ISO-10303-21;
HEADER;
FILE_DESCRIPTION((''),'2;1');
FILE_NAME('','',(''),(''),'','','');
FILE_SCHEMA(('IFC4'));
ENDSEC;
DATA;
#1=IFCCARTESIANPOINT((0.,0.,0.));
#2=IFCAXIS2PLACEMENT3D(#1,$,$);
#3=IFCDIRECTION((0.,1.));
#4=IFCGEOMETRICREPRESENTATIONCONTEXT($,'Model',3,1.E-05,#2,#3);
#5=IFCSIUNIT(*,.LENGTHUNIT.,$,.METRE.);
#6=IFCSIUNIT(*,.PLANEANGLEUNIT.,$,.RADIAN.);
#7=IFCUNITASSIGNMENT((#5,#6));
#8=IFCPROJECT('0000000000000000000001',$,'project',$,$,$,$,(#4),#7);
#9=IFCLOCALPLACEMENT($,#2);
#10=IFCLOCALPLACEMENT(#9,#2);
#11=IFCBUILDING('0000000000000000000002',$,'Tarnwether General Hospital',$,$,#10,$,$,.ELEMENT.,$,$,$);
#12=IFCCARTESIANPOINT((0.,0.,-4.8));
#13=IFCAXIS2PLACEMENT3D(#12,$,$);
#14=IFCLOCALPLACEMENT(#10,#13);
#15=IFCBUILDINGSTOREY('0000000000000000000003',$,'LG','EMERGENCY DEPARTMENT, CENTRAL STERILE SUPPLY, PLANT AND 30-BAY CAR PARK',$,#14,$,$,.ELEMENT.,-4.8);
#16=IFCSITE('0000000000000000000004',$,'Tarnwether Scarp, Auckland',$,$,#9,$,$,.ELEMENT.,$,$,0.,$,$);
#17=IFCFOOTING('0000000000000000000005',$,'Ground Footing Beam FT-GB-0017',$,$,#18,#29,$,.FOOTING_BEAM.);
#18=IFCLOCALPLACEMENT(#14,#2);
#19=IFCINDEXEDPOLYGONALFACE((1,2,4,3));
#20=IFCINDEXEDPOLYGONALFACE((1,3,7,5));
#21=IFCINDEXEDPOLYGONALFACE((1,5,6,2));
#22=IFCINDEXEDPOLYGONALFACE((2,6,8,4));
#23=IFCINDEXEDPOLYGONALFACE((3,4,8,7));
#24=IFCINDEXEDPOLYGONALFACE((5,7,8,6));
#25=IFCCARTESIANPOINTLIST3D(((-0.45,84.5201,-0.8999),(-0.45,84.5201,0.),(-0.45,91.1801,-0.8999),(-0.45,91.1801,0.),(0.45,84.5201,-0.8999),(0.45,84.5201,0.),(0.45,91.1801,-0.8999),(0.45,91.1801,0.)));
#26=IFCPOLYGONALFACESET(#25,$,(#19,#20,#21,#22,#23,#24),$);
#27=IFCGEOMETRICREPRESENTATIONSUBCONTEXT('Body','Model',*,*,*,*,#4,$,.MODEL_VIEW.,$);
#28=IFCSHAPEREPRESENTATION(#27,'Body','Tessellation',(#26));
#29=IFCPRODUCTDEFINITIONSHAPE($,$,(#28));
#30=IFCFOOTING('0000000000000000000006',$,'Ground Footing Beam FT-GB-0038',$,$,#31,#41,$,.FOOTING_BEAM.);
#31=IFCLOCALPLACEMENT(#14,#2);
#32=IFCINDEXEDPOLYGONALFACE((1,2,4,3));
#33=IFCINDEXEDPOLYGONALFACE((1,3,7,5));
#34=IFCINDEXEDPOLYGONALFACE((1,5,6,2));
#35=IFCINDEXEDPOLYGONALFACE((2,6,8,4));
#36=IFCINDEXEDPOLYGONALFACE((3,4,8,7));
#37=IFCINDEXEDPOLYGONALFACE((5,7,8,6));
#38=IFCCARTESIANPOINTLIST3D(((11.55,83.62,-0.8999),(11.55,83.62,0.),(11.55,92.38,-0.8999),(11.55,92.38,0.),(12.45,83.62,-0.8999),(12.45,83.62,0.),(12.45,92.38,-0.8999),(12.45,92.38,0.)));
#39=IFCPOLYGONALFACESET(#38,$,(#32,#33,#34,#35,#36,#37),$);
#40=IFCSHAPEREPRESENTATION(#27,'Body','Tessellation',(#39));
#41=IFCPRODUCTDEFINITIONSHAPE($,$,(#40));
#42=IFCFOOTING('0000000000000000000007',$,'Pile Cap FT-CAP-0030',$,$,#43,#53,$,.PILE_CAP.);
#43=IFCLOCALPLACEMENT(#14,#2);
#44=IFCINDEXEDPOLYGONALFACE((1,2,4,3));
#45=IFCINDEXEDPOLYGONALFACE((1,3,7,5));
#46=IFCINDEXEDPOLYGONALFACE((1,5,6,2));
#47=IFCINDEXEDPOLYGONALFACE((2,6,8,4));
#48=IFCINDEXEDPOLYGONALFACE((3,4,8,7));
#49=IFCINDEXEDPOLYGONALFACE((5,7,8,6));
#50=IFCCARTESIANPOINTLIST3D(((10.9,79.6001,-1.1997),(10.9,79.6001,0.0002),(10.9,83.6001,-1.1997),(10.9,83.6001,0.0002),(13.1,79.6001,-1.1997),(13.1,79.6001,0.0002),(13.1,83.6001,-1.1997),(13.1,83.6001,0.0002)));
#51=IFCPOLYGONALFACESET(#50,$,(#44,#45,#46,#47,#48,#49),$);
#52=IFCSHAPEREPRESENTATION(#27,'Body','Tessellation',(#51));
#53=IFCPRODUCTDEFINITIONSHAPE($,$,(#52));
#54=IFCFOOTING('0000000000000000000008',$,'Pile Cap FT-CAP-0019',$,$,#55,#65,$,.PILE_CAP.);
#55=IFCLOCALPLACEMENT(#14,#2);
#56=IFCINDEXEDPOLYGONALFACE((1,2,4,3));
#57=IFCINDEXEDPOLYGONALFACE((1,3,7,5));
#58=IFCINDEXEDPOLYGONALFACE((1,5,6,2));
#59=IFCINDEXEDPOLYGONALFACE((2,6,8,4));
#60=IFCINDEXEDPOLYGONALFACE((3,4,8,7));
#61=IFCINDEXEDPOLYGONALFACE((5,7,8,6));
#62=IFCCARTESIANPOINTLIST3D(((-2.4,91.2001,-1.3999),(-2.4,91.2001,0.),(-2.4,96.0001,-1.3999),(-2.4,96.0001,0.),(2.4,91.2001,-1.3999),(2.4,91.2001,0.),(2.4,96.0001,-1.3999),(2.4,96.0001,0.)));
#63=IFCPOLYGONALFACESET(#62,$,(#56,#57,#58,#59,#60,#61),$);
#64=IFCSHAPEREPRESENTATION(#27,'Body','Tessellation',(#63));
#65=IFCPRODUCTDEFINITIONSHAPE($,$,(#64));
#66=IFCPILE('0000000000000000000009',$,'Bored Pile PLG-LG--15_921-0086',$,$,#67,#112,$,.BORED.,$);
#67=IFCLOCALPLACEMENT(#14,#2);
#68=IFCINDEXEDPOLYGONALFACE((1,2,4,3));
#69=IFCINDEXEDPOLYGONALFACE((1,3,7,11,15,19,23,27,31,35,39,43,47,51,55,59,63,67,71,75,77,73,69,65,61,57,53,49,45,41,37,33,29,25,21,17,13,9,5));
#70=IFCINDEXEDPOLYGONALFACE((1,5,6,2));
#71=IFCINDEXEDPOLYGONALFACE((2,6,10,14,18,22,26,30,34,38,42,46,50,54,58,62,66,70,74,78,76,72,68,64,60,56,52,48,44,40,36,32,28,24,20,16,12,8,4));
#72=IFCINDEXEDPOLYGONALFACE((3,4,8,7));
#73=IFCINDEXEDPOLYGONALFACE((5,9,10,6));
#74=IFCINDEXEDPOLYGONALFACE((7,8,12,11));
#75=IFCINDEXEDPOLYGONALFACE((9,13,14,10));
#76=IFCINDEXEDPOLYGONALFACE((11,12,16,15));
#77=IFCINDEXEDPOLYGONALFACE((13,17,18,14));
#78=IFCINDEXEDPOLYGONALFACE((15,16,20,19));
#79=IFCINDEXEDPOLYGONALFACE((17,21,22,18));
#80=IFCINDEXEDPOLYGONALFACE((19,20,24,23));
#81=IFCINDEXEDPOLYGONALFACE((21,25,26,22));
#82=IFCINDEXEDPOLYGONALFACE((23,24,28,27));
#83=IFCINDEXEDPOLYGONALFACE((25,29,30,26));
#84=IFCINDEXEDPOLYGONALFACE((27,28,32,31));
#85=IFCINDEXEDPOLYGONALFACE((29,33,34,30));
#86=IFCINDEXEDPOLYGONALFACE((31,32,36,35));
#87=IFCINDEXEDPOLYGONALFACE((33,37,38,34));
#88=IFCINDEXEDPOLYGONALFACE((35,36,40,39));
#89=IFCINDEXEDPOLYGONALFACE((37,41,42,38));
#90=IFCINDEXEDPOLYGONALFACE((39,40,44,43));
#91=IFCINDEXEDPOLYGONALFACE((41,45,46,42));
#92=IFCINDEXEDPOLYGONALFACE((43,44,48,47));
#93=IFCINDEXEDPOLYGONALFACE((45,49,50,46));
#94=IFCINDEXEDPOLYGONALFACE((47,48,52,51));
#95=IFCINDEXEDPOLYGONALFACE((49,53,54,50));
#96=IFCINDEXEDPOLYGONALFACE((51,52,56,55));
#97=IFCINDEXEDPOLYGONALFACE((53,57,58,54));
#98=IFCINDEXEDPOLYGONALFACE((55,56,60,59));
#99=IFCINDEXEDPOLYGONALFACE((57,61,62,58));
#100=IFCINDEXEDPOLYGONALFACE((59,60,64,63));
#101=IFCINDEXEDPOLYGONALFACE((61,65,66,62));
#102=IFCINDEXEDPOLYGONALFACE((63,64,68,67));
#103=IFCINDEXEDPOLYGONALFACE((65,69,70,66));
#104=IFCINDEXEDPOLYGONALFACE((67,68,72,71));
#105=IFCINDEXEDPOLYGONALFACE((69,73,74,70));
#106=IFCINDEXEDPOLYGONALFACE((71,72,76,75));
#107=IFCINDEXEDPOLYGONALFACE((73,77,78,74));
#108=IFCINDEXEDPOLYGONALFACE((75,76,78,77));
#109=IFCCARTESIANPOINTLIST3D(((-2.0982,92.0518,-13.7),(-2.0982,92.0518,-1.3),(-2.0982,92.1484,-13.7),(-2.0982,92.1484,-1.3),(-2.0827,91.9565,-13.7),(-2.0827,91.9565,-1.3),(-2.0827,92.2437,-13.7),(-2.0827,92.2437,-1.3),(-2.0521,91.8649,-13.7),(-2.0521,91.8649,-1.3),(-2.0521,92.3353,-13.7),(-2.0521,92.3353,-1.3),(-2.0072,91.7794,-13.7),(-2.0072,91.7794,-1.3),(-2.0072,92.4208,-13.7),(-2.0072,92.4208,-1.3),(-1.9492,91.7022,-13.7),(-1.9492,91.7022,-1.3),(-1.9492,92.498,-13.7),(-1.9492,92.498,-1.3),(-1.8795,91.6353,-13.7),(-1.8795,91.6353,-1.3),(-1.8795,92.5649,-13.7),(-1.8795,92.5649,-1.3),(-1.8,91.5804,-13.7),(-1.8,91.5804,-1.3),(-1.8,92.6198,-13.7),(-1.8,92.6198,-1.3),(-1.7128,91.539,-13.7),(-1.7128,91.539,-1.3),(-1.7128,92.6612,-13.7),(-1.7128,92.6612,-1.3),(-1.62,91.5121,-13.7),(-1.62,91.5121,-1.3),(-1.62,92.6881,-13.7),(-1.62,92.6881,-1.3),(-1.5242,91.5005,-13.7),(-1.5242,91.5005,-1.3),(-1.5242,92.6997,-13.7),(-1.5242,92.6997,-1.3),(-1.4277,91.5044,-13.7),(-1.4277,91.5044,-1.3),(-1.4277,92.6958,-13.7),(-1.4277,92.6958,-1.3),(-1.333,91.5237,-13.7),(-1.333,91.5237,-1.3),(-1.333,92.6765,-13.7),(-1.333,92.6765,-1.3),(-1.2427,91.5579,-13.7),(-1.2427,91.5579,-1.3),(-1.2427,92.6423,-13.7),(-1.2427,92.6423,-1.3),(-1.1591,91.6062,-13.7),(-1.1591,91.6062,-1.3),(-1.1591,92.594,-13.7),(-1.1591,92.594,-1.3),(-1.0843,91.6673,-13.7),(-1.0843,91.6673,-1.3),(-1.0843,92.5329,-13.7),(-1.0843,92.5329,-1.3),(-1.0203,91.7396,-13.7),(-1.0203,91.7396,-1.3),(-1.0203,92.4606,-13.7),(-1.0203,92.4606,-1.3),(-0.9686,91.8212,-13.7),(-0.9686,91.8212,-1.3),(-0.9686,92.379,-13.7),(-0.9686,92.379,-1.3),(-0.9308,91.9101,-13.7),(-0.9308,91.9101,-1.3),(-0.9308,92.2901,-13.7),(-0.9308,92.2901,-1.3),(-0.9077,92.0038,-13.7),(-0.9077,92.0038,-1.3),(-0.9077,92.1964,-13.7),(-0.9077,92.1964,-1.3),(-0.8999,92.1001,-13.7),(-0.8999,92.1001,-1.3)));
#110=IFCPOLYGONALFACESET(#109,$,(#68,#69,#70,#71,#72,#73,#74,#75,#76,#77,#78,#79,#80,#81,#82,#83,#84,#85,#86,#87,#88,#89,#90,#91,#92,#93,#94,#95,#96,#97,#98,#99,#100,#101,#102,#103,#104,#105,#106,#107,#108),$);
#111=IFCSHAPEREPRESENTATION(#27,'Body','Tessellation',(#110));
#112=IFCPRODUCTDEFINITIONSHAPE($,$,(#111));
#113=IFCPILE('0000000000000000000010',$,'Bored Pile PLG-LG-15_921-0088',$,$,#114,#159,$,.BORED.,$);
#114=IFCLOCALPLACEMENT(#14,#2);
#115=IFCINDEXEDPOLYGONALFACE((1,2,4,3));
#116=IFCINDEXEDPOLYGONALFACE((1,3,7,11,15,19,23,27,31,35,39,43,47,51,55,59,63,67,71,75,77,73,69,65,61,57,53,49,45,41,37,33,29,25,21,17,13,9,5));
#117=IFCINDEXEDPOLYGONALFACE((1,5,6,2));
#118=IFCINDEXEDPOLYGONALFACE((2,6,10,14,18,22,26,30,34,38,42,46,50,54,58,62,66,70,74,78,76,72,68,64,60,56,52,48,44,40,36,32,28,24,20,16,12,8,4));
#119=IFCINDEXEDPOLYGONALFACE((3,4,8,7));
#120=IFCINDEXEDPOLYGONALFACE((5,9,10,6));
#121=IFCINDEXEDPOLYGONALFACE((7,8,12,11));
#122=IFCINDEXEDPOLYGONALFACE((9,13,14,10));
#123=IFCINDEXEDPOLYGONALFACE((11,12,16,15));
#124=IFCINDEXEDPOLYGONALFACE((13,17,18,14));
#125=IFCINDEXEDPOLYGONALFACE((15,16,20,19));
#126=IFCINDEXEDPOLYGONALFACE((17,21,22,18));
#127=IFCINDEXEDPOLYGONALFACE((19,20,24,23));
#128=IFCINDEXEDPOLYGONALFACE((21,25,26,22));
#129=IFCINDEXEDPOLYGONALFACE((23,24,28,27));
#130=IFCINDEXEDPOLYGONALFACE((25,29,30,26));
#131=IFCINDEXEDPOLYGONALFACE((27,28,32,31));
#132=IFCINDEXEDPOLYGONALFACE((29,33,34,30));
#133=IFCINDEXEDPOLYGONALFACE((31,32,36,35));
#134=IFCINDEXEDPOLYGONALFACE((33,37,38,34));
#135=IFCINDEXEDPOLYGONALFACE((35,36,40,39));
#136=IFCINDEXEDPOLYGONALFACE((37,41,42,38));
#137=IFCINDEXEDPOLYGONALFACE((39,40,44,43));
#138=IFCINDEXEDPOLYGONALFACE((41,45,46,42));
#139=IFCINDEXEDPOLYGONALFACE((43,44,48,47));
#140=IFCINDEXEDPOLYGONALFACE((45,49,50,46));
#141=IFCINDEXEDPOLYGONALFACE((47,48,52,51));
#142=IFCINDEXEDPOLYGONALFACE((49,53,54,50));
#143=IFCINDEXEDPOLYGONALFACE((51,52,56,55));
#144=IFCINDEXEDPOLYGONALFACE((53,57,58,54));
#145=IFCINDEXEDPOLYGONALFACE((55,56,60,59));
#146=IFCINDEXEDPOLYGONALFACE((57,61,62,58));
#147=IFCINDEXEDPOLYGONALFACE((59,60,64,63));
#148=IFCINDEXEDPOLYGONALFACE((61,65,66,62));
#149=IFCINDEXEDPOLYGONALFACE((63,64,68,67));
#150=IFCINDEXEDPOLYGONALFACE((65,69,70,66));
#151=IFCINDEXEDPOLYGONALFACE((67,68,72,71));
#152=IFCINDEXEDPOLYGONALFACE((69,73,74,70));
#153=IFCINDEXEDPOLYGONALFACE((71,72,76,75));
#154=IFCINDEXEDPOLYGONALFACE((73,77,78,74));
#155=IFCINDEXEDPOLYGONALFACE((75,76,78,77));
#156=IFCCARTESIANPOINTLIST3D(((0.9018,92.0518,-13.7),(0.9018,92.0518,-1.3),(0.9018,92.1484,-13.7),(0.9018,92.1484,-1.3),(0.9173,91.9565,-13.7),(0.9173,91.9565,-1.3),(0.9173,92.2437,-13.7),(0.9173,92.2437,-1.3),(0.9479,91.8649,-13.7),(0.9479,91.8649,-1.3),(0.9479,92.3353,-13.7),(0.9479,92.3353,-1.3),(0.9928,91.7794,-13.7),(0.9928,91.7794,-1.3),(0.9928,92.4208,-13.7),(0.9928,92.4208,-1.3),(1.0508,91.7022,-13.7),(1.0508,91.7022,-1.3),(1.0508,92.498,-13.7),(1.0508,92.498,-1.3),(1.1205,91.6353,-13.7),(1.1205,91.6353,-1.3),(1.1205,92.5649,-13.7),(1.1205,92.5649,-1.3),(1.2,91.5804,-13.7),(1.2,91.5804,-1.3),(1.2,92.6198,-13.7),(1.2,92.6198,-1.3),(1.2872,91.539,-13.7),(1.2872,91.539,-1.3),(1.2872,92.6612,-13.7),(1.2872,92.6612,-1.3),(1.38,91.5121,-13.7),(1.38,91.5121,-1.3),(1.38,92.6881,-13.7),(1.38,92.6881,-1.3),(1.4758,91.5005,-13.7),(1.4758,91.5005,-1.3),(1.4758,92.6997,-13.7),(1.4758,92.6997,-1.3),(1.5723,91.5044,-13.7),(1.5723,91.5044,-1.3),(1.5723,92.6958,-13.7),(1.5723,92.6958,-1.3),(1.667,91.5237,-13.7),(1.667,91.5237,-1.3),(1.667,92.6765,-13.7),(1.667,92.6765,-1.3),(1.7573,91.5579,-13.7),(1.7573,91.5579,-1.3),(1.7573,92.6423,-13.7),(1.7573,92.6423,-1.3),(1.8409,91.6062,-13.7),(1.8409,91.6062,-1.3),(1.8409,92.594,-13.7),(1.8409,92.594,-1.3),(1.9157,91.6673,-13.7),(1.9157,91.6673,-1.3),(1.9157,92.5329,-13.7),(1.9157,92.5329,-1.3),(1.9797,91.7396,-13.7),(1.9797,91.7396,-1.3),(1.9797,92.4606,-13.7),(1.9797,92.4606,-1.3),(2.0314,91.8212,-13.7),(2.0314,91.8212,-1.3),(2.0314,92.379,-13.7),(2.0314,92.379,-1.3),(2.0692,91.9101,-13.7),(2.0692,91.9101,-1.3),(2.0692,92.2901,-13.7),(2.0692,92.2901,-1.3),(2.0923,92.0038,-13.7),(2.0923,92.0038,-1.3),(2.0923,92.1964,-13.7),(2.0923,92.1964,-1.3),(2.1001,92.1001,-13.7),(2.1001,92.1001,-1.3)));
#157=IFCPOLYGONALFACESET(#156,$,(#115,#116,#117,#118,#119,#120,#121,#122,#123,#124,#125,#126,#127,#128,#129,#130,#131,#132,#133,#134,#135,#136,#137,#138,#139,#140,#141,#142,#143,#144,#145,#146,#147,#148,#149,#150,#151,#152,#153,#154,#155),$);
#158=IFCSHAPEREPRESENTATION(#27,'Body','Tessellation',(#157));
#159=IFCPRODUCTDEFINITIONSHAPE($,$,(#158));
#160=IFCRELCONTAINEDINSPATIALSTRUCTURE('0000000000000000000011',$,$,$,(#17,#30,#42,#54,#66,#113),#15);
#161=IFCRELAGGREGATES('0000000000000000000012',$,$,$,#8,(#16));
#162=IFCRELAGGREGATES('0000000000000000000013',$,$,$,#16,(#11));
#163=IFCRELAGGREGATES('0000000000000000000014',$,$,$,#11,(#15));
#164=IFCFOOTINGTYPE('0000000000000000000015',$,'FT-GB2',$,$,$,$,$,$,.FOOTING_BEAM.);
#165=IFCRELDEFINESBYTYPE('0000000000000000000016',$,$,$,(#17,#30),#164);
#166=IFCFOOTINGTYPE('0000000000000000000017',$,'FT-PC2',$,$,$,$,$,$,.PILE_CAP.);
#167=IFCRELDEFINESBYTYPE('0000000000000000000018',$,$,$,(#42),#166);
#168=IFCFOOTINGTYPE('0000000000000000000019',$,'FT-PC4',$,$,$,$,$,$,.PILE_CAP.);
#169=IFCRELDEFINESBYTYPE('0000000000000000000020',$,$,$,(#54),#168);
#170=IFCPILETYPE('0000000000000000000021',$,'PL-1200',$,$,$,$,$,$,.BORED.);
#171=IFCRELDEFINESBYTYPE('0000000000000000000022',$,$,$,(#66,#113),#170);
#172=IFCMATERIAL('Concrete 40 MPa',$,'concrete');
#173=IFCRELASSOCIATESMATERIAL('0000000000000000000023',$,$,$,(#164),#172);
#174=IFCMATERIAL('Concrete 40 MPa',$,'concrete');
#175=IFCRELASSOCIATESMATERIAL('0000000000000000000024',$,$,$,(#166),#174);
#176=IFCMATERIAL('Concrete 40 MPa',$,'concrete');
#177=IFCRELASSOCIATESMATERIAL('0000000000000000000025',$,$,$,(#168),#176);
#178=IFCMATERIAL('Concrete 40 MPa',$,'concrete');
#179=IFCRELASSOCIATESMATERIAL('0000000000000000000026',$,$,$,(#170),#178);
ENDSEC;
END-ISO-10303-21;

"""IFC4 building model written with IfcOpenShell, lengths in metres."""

from ifc_helpers import new_model, si_unit, direction, frame, origin, origin_2d, place, context, subcontext, project, spatial, rectangle, circle, extrude, material, material_profile, profile_set, type_object, element, save


model = new_model("IFC4")

# Units and contexts
model_context = context("Model", 3, precision=1e-05, world=origin(), true_north=direction((0.0, 1.0)))
body_context = subcontext(model_context, "Body", "Model", "MODEL_VIEW")
ifc_project = project(units=[si_unit("LENGTHUNIT", "METRE"), si_unit("PLANEANGLEUNIT", "RADIAN")], contexts=[model_context])

# Site, building, storey
site_placement = place(None, origin())
site = spatial("IfcSite", under=ifc_project, at=site_placement, Name="Tarnwether Scarp, Auckland", CompositionType="ELEMENT", RefElevation=0.0)
building_placement = place(site_placement, origin())
building = spatial("IfcBuilding", under=site, at=building_placement, Name="Tarnwether General Hospital", CompositionType="ELEMENT")
storey_placement = place(building_placement, frame((0.0, 0.0, -4.8)))
storey = spatial("IfcBuildingStorey", under=building, at=storey_placement, Name="LG", Description="EMERGENCY DEPARTMENT, CENTRAL STERILE SUPPLY, PLANT AND 30-BAY CAR PARK", CompositionType="ELEMENT", Elevation=-4.8)

# Footings
ifc_material_1 = material(Name="Concrete 40 MPa", Category="concrete")
footing_type_1 = type_object("IfcFootingType", Name="FT-GB2", PredefinedType="FOOTING_BEAM", material=ifc_material_1)
footing_1_placement = place(storey_placement, frame((0.0, 87.8501, -0.8999), z_axis=(0.0, 0.0, 1.0), x_axis=(0.0, 1.0, 0.0)))
element("IfcFooting", 1, at=footing_1_placement, inside=storey, type_object=footing_type_1, Name="Ground Footing Beam FT-GB-0017", PredefinedType="FOOTING_BEAM", context=body_context, shape_type="SweptSolid", body=[
    extrude(rectangle(XDim=6.6599, YDim=0.8999, at=origin_2d()), origin(), (0.0, 0.0, 1.0), 0.8999),
])
footing_2_placement = place(storey_placement, frame((12.0, 88.0, -0.8999), z_axis=(0.0, 0.0, 1.0), x_axis=(0.0, 1.0, 0.0)))
element("IfcFooting", 2, at=footing_2_placement, inside=storey, type_object=footing_type_1, Name="Ground Footing Beam FT-GB-0038", PredefinedType="FOOTING_BEAM", context=body_context, shape_type="SweptSolid", body=[
    extrude(rectangle(XDim=8.76, YDim=0.8999, at=origin_2d()), origin(), (0.0, 0.0, 1.0), 0.8999),
])
ifc_material_2 = material(Name="Concrete 40 MPa", Category="concrete")
footing_type_2 = type_object("IfcFootingType", Name="FT-PC2", PredefinedType="PILE_CAP", material=ifc_material_2)
footing_3_placement = place(storey_placement, frame((12.0, 81.6001, -1.1997), z_axis=(0.0, 0.0, 1.0), x_axis=(0.0, 1.0, 0.0)))
element("IfcFooting", 3, at=footing_3_placement, inside=storey, type_object=footing_type_2, Name="Pile Cap FT-CAP-0030", PredefinedType="PILE_CAP", context=body_context, shape_type="SweptSolid", body=[
    extrude(rectangle(XDim=4.0, YDim=2.2, at=origin_2d()), origin(), (0.0, 0.0, 1.0), 1.2),
])
ifc_material_3 = material(Name="Concrete 40 MPa", Category="concrete")
footing_type_3 = type_object("IfcFootingType", Name="FT-PC4", PredefinedType="PILE_CAP", material=ifc_material_3)
footing_4_placement = place(storey_placement, frame((0.0, 93.6001, -1.3999), z_axis=(0.0, 0.0, 1.0), x_axis=(1.0, 0.0, 0.0)))
element("IfcFooting", 4, at=footing_4_placement, inside=storey, type_object=footing_type_3, Name="Pile Cap FT-CAP-0019", PredefinedType="PILE_CAP", context=body_context, shape_type="SweptSolid", body=[
    extrude(rectangle(XDim=4.8, YDim=4.8, at=origin_2d()), origin(), (0.0, 0.0, 1.0), 1.3999),
])

# Piles
ifc_material_4 = material(Name="Concrete 40 MPa", Category="concrete")
ifc_material_profile_1 = material_profile(ifc_material_4, circle(Radius=0.6001, at=origin_2d()), Name="PILE-D1200")
ifc_profile_set_1 = profile_set([ifc_material_profile_1], Name="Concrete 40 MPa")
pile_type_1 = type_object("IfcPileType", Name="PL-1200", PredefinedType="BORED", material=ifc_profile_set_1)
for number, where, z_axis, x_axis, name in (
    (5, (-1.5, 92.1001, -1.3), (0.0, 0.0, -1.0), (1.0, 0.0, 0.0), "Bored Pile PLG-LG--15_921-0086"),
    (6, (1.5, 92.1001, -1.3), (0.0, 0.0, -1.0), (1.0, 0.0, 0.0), "Bored Pile PLG-LG-15_921-0088"),
):
    element("IfcPile", number, at=place(storey_placement, frame(where, z_axis=z_axis, x_axis=x_axis)), inside=storey, type_object=pile_type_1, Name=name, PredefinedType="BORED", context=body_context, shape_type="SweptSolid", body=[
        extrude(circle(Radius=0.6001, at=origin_2d()), origin(), (0.0, 0.0, 1.0), 12.3999),
    ])

save(model, "model.ifc")
